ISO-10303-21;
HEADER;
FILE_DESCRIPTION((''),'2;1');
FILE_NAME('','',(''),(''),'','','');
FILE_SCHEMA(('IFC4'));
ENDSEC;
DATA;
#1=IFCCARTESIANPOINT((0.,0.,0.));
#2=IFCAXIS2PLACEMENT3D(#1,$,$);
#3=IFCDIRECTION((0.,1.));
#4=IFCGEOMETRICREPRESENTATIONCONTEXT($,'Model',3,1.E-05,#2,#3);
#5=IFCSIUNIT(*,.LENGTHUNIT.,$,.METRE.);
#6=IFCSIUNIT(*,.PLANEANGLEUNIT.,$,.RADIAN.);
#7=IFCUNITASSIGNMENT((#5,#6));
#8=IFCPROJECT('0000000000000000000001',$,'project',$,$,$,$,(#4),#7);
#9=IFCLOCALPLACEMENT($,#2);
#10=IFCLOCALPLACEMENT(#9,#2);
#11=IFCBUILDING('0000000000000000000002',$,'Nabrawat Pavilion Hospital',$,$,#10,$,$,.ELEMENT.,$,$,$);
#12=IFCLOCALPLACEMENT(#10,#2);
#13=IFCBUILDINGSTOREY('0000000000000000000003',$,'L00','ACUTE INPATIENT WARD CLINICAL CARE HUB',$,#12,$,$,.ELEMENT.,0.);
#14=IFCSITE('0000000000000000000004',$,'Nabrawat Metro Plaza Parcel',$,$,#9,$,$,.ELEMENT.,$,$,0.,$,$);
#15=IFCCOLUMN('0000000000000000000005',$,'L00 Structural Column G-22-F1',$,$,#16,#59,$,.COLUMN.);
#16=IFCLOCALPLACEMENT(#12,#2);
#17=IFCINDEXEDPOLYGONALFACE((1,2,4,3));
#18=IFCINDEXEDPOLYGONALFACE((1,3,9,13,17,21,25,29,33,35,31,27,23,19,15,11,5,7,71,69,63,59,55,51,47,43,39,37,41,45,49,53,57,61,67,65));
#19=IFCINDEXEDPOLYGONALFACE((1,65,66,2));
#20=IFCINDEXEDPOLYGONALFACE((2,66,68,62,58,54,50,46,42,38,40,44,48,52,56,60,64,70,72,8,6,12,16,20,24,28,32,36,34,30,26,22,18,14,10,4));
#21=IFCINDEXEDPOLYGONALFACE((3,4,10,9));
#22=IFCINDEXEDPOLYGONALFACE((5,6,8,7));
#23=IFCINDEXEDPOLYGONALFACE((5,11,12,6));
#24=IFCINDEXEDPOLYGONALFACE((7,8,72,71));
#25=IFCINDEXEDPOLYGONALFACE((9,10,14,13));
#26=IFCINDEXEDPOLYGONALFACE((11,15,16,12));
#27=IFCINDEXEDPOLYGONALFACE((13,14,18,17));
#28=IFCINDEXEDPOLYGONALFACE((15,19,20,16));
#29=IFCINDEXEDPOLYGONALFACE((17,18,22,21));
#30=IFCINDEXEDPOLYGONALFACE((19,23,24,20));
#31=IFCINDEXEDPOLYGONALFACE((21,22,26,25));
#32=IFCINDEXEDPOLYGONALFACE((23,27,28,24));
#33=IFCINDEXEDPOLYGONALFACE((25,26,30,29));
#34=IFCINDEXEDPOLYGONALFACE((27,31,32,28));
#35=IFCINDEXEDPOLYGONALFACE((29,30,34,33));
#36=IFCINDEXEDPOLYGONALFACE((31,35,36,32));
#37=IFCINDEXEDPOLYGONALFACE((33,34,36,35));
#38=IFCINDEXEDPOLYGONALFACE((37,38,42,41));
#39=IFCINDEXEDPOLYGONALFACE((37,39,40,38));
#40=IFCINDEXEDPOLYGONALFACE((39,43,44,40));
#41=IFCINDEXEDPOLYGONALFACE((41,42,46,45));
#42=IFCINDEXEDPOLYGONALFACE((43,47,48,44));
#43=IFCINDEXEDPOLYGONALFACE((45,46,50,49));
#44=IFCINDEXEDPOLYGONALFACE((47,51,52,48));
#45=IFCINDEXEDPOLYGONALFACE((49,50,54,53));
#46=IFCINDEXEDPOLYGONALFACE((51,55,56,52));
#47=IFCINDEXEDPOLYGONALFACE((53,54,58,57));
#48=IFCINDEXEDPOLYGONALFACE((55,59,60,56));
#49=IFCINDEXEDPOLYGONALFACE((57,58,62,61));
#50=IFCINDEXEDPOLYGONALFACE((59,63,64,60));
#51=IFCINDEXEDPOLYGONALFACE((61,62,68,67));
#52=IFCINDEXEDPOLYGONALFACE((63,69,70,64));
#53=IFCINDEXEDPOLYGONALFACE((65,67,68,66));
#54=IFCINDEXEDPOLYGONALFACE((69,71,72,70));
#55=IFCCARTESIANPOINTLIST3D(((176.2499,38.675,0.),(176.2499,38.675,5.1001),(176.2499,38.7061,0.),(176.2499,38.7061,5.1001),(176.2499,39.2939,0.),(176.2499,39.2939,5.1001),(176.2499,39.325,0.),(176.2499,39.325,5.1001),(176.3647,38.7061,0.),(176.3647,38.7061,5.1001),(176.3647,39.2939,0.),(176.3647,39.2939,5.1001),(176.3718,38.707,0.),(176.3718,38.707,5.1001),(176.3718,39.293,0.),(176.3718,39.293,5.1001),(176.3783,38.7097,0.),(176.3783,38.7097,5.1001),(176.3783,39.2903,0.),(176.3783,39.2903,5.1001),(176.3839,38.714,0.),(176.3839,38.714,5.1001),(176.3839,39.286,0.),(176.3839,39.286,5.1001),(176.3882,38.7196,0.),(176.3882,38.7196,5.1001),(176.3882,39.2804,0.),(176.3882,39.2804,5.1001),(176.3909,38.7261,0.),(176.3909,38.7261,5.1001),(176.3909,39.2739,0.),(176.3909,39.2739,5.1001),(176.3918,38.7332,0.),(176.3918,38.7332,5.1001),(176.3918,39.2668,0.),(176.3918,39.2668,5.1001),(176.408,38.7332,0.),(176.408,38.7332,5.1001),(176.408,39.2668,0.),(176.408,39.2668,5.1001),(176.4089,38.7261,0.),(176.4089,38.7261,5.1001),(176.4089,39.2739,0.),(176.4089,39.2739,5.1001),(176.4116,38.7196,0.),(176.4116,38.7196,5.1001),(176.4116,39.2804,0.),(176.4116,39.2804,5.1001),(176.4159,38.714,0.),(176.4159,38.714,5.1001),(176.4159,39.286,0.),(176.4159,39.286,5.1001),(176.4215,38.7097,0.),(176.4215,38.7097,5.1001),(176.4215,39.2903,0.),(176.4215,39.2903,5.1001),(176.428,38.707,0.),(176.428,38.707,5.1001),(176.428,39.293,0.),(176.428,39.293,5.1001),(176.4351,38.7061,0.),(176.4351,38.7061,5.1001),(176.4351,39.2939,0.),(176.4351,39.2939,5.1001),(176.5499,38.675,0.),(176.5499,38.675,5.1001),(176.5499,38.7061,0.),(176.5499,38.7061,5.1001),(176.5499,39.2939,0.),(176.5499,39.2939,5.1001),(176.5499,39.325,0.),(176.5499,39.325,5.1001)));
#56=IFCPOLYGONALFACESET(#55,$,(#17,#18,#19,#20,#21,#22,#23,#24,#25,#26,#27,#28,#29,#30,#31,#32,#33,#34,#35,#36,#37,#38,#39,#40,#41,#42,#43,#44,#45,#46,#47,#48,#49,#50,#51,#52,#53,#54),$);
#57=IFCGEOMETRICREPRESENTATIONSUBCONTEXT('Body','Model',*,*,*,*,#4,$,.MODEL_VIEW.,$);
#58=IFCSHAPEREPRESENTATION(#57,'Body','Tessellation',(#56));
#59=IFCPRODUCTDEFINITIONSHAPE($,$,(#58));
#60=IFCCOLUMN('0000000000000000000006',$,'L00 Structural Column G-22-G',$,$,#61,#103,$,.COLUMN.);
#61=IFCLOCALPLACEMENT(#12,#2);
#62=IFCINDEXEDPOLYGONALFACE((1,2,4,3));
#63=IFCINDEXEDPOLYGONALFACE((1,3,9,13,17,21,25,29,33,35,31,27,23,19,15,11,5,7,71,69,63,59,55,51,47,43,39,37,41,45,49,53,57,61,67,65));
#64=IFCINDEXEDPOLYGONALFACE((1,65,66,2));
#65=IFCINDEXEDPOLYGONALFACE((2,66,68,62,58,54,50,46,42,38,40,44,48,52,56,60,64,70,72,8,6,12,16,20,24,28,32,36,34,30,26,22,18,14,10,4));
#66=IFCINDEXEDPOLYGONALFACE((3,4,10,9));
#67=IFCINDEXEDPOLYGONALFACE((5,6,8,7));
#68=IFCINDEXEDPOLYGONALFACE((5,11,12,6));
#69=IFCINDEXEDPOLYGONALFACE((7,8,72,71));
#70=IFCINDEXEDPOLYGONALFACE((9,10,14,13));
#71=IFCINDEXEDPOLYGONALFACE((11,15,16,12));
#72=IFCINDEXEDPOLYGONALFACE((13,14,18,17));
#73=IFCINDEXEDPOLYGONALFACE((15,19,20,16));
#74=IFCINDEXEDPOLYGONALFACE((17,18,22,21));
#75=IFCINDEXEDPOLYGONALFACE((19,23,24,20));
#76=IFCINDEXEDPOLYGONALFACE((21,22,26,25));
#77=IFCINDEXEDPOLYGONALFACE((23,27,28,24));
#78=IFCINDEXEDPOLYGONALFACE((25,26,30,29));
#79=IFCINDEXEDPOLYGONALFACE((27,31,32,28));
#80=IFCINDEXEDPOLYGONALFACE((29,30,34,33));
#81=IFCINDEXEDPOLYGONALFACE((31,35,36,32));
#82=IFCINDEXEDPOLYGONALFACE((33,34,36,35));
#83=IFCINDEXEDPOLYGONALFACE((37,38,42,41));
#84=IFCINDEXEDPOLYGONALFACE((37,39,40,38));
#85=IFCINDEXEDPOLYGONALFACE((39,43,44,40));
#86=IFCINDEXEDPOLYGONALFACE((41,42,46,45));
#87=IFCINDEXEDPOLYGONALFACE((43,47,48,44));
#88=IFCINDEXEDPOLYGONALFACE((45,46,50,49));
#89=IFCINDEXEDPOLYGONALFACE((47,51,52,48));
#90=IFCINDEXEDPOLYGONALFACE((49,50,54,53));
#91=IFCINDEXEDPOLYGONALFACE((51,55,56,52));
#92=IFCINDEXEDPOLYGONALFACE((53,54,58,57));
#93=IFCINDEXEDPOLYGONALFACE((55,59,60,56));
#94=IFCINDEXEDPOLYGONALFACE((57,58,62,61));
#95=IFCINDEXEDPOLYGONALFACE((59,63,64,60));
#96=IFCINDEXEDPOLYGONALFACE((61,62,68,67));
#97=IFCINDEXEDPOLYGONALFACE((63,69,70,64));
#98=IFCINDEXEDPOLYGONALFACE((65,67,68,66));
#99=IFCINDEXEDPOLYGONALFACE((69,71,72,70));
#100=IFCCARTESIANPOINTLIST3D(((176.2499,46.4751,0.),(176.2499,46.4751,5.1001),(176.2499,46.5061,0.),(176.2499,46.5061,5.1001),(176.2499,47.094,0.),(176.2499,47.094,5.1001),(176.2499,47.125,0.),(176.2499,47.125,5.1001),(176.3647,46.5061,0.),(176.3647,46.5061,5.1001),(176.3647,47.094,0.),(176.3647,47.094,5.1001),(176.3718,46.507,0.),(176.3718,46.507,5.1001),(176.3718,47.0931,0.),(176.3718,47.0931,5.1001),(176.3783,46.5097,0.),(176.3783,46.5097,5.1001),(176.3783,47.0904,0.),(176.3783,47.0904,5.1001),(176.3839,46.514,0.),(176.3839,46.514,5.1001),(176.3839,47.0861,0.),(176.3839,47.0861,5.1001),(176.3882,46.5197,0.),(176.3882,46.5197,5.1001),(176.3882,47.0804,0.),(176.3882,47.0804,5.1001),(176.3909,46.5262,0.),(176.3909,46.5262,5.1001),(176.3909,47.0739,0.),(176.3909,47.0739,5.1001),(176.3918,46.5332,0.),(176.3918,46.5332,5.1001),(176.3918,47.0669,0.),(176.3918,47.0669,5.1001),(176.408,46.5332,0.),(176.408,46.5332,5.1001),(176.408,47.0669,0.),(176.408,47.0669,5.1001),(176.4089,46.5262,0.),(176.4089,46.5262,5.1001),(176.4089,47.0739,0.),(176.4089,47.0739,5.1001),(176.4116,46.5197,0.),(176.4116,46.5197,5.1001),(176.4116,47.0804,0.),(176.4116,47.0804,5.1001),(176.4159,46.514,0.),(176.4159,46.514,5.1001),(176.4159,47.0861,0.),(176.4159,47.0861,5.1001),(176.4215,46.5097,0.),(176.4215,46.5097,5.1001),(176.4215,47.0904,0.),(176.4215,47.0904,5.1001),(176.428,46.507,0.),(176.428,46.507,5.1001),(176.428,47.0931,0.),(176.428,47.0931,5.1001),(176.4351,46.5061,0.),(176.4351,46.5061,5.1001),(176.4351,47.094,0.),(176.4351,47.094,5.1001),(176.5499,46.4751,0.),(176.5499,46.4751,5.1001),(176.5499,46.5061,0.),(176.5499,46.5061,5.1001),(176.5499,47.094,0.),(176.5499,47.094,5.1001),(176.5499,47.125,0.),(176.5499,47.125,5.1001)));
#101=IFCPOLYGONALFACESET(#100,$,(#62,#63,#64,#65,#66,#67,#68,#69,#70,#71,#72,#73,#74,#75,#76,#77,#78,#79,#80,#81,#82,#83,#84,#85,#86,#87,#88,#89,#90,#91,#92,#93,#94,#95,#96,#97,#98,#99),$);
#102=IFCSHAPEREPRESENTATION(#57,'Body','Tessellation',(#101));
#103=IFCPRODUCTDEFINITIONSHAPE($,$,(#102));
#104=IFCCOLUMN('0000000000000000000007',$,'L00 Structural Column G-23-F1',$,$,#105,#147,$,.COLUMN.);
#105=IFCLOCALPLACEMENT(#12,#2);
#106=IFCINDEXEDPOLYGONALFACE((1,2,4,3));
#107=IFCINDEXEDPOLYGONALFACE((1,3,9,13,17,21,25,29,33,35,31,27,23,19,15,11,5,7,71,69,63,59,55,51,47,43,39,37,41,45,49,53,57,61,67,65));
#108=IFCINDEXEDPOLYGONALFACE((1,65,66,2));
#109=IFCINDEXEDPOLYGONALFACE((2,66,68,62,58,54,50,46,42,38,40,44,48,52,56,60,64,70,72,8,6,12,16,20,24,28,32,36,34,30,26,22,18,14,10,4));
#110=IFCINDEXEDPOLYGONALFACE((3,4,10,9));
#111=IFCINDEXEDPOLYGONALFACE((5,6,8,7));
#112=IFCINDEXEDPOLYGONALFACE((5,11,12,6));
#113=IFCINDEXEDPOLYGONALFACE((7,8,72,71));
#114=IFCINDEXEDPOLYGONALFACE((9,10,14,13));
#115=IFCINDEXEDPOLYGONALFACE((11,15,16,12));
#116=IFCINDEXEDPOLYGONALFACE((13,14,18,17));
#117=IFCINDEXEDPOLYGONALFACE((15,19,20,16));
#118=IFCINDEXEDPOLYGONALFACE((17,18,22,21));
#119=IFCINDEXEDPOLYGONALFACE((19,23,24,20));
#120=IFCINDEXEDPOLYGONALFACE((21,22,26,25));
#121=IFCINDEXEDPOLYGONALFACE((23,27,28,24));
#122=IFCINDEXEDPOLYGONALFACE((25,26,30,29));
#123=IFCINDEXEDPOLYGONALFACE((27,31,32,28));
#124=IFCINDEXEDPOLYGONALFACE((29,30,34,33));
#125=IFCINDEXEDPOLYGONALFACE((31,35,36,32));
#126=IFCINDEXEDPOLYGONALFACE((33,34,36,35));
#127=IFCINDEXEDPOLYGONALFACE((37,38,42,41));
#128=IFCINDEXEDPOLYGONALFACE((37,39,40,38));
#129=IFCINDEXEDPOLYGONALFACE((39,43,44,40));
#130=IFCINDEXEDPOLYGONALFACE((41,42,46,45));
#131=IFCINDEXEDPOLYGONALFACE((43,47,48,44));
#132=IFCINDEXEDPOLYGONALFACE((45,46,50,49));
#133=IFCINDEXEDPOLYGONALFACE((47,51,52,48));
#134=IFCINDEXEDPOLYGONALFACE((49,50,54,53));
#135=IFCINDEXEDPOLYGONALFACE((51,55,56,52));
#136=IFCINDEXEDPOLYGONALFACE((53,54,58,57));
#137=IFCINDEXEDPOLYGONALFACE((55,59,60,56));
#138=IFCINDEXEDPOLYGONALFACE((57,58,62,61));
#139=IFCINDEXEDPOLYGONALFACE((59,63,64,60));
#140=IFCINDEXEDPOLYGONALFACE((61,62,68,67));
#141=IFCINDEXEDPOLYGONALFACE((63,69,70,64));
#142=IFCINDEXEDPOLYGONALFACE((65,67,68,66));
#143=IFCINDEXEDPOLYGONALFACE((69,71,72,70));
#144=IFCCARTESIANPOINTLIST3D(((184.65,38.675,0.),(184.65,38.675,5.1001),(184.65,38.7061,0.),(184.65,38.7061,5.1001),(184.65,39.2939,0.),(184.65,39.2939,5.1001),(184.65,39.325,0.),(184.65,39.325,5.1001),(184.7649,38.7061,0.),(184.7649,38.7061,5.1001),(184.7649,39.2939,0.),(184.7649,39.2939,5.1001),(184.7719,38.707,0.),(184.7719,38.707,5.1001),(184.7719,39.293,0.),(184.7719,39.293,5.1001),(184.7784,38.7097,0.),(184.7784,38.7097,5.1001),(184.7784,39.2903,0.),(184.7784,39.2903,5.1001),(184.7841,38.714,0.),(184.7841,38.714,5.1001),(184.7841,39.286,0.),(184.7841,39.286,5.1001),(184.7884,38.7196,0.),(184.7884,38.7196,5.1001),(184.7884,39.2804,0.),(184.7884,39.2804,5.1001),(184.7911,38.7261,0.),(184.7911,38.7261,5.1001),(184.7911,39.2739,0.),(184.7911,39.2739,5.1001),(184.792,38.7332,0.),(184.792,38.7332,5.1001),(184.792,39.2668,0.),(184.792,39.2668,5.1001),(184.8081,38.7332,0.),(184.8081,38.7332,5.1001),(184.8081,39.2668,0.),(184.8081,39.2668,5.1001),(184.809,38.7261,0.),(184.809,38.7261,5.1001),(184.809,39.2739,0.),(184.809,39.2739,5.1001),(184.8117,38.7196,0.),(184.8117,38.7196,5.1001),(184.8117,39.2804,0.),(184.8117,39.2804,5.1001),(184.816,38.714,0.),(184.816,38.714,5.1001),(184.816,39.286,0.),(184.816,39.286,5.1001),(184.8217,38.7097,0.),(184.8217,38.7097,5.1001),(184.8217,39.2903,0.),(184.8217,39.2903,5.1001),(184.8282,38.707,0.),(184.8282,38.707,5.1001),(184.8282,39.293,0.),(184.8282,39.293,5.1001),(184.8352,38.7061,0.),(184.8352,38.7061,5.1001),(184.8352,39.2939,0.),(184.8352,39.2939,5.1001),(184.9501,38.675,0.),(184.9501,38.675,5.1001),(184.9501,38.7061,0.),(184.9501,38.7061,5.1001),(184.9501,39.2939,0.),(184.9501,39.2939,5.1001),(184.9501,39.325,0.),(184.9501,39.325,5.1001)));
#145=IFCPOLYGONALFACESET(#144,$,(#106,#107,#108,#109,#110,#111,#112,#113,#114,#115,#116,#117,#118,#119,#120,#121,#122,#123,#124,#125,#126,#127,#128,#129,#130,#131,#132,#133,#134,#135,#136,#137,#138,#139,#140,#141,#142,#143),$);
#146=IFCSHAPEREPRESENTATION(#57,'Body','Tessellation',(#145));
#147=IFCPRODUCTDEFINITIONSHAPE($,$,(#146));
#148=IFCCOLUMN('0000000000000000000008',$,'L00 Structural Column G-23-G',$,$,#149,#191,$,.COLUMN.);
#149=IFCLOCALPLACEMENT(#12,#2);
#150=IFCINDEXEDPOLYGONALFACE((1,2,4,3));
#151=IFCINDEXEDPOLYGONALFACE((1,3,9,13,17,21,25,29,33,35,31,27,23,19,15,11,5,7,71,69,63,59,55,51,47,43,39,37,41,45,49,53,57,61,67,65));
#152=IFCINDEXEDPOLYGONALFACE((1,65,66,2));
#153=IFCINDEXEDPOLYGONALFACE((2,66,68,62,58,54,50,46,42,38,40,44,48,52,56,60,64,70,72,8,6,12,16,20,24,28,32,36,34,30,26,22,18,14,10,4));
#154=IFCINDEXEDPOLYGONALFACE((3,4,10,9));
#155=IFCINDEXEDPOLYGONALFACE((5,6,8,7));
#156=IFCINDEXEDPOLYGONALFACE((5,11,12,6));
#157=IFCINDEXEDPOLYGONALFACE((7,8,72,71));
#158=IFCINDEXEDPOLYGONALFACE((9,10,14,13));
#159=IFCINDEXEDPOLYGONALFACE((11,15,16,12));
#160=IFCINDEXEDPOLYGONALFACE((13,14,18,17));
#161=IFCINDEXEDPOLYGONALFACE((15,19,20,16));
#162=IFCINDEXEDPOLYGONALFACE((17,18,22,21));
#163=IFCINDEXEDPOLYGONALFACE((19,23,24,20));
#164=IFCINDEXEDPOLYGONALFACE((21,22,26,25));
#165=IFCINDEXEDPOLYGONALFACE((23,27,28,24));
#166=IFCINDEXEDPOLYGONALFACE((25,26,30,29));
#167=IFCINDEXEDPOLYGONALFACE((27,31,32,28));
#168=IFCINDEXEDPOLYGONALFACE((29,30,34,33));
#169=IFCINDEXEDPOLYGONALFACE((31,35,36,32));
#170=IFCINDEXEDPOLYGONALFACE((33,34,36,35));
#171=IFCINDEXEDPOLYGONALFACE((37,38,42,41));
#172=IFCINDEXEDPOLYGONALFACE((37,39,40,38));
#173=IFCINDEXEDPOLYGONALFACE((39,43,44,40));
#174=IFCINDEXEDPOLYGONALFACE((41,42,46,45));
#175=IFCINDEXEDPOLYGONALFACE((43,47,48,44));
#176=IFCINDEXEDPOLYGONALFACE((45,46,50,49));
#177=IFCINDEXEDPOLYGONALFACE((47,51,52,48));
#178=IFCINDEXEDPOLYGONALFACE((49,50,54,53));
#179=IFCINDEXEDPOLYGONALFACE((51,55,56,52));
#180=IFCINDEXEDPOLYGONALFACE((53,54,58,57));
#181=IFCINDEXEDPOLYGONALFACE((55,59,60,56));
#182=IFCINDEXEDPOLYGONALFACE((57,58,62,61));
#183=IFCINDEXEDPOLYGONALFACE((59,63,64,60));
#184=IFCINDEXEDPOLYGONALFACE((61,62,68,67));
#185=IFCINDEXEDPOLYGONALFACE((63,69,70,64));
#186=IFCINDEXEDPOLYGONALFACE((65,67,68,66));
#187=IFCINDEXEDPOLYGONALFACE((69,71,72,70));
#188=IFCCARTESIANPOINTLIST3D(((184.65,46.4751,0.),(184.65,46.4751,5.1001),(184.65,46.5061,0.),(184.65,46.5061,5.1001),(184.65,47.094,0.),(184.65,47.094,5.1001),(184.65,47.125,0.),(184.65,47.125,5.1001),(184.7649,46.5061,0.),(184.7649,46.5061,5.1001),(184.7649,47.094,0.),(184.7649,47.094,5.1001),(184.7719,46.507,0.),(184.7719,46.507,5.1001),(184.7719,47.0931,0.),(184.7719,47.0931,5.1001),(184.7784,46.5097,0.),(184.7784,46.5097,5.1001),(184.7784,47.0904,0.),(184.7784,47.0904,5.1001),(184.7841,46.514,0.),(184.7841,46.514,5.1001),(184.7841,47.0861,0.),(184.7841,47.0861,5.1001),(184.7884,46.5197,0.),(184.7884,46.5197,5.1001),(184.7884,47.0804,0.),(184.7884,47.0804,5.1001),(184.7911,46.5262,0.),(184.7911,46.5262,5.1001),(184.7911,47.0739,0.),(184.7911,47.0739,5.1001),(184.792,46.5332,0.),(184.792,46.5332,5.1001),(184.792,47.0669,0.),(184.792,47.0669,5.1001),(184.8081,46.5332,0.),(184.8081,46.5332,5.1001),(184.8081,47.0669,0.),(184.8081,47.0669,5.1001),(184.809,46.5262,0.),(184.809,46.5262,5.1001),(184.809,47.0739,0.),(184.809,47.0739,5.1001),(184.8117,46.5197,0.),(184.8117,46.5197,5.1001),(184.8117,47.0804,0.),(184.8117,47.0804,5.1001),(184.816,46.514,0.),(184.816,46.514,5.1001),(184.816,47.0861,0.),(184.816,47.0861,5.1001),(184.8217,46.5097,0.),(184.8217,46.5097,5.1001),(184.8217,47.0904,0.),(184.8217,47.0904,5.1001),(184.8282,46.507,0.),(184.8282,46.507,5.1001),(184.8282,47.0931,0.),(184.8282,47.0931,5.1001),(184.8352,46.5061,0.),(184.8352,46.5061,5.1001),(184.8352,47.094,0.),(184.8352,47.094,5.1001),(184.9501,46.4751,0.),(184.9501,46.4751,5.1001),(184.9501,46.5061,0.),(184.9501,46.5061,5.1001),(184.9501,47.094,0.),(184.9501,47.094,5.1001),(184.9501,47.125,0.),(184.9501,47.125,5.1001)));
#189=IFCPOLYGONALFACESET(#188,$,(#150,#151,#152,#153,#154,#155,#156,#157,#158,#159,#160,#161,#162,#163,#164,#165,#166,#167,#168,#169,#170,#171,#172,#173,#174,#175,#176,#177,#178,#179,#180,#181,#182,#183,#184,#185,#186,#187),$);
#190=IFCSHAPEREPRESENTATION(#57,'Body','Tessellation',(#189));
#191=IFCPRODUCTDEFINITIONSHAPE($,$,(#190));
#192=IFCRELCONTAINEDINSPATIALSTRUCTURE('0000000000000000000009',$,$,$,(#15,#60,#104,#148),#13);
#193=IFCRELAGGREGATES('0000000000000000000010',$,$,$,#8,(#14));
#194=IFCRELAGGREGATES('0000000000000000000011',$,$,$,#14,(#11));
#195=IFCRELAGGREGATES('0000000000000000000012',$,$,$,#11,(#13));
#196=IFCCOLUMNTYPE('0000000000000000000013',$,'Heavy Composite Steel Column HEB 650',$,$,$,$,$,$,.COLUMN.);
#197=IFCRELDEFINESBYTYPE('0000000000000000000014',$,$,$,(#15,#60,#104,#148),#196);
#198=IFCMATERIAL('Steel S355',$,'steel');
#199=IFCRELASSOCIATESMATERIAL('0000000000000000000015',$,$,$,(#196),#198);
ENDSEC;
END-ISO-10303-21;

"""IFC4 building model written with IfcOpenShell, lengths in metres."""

from ifc_helpers import new_model, si_unit, direction, frame, origin, origin_2d, place, context, subcontext, project, spatial, i_section, extrude, material, material_profile, profile_set, type_object, element, save


model = new_model("IFC4")

# Units and contexts
model_context = context("Model", 3, precision=1e-05, world=origin(), true_north=direction((0.0, 1.0)))
body_context = subcontext(model_context, "Body", "Model", "MODEL_VIEW")
ifc_project = project(units=[si_unit("LENGTHUNIT", "METRE"), si_unit("PLANEANGLEUNIT", "RADIAN")], contexts=[model_context])

# Site, building, storey
site_placement = place(None, origin())
site = spatial("IfcSite", under=ifc_project, at=site_placement, Name="Nabrawat Metro Plaza Parcel", CompositionType="ELEMENT", RefElevation=0.0)
building_placement = place(site_placement, origin())
building = spatial("IfcBuilding", under=site, at=building_placement, Name="Nabrawat Pavilion Hospital", CompositionType="ELEMENT")
storey_placement = place(building_placement, origin())
storey = spatial("IfcBuildingStorey", under=building, at=storey_placement, Name="L00", Description="ACUTE INPATIENT WARD CLINICAL CARE HUB", CompositionType="ELEMENT", Elevation=0.0)

# Columns
ifc_material_1 = material(Name="Steel S355", Category="steel")
ifc_material_profile_1 = material_profile(ifc_material_1, i_section(OverallWidth=0.3, OverallDepth=0.6499, WebThickness=0.0161, FlangeThickness=0.031, FilletRadius=0.0271, at=origin_2d()), Name="HEB 650")
ifc_profile_set_1 = profile_set([ifc_material_profile_1], Name="Steel S355")
column_type_1 = type_object("IfcColumnType", Name="Heavy Composite Steel Column HEB 650", PredefinedType="COLUMN", material=ifc_profile_set_1)
for number, where, z_axis, x_axis, name in (
    (1, (176.3999, 39.0, 0.0), (0.0, 0.0, 1.0), (1.0, 0.0, 0.0), "L00 Structural Column G-22-F1"),
    (2, (176.3999, 46.8, 0.0), (0.0, 0.0, 1.0), (1.0, 0.0, 0.0), "L00 Structural Column G-22-G"),
    (3, (184.8, 39.0, 0.0), (0.0, 0.0, 1.0), (1.0, 0.0, 0.0), "L00 Structural Column G-23-F1"),
    (4, (184.8, 46.8, 0.0), (0.0, 0.0, 1.0), (1.0, 0.0, 0.0), "L00 Structural Column G-23-G"),
):
    element("IfcColumn", number, at=place(storey_placement, frame(where, z_axis=z_axis, x_axis=x_axis)), inside=storey, type_object=column_type_1, Name=name, PredefinedType="COLUMN", context=body_context, shape_type="SweptSolid", body=[
        extrude(i_section(OverallWidth=0.3, OverallDepth=0.6499, WebThickness=0.0161, FlangeThickness=0.031, FilletRadius=0.0271, at=origin_2d()), origin(), (0.0, 0.0, 1.0), 5.1001),
    ])

save(model, "model.ifc")
